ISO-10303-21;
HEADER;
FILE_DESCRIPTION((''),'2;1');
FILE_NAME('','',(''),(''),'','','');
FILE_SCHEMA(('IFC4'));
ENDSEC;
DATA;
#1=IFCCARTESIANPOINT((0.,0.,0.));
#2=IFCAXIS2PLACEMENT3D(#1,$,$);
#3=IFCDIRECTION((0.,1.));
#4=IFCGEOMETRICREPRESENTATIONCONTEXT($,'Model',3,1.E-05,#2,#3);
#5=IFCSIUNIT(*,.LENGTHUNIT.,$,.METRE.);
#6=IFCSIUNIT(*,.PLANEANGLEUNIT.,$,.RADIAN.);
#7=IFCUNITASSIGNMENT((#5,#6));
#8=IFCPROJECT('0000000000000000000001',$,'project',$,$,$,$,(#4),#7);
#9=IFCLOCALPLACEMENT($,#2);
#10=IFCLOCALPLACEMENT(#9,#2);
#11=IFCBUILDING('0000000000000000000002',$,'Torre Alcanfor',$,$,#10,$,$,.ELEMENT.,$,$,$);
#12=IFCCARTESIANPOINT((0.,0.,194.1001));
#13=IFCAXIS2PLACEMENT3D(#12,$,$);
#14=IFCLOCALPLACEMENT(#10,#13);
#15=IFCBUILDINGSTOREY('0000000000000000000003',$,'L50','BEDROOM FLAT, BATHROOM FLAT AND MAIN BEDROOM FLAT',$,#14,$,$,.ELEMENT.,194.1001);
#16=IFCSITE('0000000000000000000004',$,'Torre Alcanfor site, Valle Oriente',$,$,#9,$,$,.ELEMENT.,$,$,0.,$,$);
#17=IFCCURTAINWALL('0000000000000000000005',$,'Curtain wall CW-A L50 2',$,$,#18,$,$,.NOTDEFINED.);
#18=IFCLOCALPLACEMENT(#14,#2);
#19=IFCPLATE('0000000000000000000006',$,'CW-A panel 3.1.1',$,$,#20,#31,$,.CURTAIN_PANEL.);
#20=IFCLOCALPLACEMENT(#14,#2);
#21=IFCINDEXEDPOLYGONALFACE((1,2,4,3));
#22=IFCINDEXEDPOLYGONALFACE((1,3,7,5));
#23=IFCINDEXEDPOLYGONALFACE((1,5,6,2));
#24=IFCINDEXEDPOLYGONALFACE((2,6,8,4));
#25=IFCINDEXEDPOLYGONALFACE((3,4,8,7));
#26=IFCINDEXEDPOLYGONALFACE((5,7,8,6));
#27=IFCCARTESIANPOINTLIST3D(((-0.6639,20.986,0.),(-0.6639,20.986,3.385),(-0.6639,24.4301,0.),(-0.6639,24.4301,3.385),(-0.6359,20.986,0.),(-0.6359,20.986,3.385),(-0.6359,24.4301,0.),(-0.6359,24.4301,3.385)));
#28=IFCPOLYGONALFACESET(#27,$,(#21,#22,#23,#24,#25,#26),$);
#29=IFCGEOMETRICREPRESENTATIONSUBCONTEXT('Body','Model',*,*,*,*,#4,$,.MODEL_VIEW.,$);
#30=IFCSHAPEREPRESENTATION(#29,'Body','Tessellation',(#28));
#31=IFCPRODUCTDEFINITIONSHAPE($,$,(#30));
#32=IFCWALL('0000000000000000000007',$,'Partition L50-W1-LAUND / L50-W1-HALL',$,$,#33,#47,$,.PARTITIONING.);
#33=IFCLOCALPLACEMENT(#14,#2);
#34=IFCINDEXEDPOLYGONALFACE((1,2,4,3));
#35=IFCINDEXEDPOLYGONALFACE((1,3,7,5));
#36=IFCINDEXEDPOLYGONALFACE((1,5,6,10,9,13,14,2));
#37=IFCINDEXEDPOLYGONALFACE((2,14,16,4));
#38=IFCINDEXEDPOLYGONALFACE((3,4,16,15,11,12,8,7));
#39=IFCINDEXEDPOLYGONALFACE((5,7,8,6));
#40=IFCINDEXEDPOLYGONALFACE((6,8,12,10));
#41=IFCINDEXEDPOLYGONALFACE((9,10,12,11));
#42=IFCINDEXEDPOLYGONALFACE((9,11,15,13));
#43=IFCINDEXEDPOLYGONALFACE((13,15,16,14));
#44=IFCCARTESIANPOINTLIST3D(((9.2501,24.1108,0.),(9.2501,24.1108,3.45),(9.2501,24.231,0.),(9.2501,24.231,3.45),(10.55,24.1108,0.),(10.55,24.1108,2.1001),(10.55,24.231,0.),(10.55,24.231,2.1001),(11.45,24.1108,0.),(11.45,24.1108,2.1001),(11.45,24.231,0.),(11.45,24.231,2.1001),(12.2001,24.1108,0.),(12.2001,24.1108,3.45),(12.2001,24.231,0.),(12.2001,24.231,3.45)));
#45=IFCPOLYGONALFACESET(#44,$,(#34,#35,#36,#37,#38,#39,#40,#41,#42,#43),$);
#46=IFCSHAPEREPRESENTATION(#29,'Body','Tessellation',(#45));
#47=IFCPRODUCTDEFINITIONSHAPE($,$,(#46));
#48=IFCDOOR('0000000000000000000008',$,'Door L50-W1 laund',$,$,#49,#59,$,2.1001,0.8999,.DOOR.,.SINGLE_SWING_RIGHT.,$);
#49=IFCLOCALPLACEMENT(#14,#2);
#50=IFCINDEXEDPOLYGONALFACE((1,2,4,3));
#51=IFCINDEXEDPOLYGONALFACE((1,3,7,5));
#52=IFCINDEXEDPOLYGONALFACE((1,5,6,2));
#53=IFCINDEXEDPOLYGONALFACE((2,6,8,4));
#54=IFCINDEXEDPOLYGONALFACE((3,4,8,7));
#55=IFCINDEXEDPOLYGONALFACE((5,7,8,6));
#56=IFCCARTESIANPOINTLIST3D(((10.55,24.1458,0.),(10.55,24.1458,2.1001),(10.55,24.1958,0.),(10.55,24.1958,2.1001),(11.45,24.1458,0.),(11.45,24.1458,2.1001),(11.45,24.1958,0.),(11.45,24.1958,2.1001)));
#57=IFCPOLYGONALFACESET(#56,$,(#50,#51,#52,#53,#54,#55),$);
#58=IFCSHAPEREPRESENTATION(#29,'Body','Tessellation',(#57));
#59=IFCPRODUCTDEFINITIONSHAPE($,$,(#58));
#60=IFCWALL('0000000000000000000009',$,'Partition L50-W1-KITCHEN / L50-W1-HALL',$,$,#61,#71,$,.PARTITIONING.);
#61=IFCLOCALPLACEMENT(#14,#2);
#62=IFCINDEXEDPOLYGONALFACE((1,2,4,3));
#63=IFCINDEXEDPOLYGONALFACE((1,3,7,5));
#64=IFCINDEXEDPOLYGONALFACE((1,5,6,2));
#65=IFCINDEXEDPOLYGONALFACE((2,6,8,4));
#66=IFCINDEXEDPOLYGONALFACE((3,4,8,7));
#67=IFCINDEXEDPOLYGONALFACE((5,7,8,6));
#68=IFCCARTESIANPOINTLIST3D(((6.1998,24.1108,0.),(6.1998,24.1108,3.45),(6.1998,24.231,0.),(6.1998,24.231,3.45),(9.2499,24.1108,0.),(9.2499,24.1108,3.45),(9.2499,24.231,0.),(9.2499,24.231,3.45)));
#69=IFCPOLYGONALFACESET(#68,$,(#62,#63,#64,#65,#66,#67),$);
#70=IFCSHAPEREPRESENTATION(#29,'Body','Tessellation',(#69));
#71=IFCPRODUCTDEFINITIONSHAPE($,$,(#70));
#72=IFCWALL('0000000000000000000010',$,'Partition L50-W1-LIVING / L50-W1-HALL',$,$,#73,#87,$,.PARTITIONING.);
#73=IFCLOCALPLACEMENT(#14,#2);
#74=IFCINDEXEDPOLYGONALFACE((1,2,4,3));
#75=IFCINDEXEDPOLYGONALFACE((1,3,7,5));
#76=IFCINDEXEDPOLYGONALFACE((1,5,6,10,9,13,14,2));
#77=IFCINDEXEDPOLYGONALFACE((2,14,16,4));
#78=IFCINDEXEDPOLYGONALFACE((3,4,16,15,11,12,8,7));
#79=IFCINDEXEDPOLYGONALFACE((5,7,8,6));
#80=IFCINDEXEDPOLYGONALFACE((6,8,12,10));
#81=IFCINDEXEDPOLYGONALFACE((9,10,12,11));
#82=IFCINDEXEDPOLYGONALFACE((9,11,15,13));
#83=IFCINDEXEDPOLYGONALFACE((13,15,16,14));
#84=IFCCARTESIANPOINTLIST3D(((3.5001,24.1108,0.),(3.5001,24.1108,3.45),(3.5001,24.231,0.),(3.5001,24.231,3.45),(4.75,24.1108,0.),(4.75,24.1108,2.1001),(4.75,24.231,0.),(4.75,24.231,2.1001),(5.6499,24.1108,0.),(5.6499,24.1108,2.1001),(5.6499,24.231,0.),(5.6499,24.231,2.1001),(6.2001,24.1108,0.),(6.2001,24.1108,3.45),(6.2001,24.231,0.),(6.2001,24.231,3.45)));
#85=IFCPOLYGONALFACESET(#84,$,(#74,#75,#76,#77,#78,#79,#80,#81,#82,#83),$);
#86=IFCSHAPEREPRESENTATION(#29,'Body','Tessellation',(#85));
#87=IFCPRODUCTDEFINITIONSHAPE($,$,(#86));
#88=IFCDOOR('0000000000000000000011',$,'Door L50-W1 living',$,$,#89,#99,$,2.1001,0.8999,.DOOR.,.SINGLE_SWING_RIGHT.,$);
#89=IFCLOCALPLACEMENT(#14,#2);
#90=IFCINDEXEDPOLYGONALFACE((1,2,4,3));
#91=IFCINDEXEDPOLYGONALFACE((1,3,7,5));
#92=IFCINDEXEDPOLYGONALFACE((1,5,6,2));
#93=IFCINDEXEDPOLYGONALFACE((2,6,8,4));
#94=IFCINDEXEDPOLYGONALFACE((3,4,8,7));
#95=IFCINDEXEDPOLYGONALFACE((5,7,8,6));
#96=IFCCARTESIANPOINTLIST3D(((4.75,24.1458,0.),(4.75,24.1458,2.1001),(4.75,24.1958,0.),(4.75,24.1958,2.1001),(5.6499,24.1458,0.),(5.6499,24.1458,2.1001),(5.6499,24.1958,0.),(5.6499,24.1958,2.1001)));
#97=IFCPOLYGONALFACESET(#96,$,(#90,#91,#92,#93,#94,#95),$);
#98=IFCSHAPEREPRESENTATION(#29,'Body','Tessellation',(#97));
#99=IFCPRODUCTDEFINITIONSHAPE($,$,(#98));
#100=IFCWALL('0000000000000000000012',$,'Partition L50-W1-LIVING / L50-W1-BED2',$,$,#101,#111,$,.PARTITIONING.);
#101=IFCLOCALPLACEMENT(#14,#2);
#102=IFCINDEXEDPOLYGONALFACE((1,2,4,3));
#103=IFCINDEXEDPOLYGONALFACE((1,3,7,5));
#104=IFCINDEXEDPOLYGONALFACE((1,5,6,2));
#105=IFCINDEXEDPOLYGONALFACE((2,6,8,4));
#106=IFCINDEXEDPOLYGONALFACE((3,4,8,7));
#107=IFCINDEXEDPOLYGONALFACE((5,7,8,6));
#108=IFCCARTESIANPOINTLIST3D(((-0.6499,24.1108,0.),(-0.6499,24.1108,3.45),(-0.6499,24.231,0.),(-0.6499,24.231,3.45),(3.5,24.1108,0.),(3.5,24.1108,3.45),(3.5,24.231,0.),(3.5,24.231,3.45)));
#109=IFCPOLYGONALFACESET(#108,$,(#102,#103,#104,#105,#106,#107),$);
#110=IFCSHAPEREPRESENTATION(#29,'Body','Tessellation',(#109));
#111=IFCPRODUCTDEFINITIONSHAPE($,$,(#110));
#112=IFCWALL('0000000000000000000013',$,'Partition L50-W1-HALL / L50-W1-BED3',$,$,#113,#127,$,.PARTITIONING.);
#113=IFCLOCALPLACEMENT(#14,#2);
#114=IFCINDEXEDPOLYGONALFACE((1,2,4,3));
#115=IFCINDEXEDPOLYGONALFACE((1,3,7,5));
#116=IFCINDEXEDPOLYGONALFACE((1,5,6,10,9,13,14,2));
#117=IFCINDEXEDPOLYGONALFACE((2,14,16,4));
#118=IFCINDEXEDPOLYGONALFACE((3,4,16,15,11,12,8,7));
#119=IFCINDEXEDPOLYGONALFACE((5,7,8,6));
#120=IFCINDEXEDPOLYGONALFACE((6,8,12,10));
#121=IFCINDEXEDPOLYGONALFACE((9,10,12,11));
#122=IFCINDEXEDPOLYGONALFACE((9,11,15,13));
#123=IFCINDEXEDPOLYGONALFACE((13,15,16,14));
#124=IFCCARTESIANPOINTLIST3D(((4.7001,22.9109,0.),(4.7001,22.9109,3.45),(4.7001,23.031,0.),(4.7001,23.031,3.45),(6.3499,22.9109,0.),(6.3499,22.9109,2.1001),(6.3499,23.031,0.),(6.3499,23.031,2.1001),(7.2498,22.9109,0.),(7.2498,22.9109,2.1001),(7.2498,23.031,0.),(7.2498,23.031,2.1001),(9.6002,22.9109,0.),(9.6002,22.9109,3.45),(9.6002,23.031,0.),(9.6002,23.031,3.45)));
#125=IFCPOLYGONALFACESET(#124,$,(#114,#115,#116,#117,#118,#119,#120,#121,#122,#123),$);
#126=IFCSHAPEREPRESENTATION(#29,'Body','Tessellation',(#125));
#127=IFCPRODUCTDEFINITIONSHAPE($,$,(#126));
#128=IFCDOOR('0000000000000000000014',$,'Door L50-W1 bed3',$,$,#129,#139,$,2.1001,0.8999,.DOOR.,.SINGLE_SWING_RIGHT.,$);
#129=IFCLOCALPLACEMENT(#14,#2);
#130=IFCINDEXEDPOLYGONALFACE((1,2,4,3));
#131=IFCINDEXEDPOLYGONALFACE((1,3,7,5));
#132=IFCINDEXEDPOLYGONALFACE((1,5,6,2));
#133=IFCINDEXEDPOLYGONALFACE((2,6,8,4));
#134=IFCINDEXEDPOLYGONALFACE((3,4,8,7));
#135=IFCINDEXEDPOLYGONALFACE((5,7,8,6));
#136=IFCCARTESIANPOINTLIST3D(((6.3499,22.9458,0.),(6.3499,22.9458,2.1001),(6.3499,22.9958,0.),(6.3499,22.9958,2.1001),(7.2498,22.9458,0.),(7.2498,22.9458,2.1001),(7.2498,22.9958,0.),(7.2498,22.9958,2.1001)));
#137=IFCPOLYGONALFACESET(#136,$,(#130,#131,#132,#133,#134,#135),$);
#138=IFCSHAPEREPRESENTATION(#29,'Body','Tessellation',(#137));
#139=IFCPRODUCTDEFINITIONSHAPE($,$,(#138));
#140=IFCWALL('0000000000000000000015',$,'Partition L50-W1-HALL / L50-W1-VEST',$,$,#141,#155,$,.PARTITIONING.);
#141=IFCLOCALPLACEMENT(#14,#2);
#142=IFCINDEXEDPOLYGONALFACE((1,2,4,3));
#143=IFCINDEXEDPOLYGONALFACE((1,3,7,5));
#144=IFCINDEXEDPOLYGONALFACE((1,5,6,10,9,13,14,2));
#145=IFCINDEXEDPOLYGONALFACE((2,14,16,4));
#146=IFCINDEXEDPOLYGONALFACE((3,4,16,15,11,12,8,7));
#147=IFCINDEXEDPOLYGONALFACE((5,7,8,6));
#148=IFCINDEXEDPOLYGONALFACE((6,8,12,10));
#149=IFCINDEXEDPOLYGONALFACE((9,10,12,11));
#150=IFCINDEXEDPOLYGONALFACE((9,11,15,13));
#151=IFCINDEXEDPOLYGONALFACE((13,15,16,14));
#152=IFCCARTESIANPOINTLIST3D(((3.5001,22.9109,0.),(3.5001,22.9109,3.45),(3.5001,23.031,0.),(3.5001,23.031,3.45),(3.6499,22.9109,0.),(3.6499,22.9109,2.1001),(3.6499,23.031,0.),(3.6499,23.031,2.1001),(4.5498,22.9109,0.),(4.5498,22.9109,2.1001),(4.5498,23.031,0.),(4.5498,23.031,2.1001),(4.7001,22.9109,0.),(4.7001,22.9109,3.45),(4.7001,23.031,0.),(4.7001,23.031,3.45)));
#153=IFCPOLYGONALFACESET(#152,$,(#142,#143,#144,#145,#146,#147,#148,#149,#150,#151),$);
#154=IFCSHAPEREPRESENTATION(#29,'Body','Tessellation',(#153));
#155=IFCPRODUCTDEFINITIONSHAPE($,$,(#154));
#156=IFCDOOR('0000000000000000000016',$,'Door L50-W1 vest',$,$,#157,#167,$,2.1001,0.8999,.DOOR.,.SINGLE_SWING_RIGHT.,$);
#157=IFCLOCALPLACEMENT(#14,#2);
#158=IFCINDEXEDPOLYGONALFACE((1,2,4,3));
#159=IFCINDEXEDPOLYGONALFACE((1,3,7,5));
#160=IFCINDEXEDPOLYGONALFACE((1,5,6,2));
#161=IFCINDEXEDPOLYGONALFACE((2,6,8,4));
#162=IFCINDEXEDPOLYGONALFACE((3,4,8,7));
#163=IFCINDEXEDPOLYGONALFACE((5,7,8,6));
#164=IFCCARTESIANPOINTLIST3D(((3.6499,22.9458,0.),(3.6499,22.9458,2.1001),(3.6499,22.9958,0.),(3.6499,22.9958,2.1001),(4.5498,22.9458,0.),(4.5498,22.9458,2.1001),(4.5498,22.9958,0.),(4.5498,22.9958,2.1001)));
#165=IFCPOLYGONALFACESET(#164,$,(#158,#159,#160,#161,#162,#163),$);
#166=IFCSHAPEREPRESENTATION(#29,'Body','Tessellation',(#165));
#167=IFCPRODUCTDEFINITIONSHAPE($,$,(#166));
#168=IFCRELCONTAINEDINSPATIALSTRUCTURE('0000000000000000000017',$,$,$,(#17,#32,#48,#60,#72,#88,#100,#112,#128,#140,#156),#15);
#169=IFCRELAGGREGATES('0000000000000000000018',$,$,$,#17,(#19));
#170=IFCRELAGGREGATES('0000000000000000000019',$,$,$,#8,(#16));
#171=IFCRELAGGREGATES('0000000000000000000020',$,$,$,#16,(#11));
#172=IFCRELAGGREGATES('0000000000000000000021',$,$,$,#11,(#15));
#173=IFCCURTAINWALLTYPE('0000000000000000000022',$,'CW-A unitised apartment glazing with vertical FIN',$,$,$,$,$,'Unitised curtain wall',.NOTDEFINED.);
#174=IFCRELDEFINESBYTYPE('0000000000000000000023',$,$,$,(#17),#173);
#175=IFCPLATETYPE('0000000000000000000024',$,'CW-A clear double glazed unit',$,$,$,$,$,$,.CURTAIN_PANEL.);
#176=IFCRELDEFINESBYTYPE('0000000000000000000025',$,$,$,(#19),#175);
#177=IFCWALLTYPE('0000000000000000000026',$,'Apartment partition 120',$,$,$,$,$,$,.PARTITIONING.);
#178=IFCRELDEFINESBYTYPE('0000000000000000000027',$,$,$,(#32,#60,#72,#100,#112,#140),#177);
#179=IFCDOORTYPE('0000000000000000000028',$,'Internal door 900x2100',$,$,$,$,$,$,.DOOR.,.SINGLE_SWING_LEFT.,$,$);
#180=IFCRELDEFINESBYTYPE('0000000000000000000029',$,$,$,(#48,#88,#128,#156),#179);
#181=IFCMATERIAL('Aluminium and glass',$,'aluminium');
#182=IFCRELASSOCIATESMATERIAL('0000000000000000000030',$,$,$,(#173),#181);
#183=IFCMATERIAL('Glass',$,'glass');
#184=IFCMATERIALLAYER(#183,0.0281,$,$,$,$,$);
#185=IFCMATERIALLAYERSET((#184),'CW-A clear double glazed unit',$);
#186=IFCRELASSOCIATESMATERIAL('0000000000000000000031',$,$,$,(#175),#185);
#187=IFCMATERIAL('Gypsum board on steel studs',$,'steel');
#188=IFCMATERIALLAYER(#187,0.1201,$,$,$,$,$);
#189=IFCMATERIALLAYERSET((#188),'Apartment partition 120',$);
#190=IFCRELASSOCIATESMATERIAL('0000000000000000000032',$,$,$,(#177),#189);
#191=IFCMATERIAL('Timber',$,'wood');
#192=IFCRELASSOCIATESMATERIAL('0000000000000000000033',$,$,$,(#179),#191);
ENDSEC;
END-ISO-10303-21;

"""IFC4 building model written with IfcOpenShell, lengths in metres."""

from ifc_helpers import new_model, si_unit, direction, frame, frame_2d, origin, origin_2d, place, context, subcontext, project, spatial, rectangle, extrude, material, layer, layer_set, type_object, element, fill, aggregate, save


model = new_model("IFC4")

# Units and contexts
model_context = context("Model", 3, precision=1e-05, world=origin(), true_north=direction((0.0, 1.0)))
body_context = subcontext(model_context, "Body", "Model", "MODEL_VIEW")
ifc_project = project(units=[si_unit("LENGTHUNIT", "METRE"), si_unit("PLANEANGLEUNIT", "RADIAN")], contexts=[model_context])

# Site, building, storey
site_placement = place(None, origin())
site = spatial("IfcSite", under=ifc_project, at=site_placement, Name="Torre Alcanfor site, Valle Oriente", CompositionType="ELEMENT", RefElevation=0.0)
building_placement = place(site_placement, origin())
building = spatial("IfcBuilding", under=site, at=building_placement, Name="Torre Alcanfor", CompositionType="ELEMENT")
storey_placement = place(building_placement, frame((0.0, 0.0, 194.1001)))
storey = spatial("IfcBuildingStorey", under=building, at=storey_placement, Name="L50", Description="BEDROOM FLAT, BATHROOM FLAT AND MAIN BEDROOM FLAT", CompositionType="ELEMENT", Elevation=194.1001)

# Curtain wall
ifc_material_1 = material(Name="Aluminium and glass", Category="aluminium")
curtain_wall_type = type_object("IfcCurtainWallType", Name="CW-A unitised apartment glazing with vertical FIN", ElementType="Unitised curtain wall", PredefinedType="NOTDEFINED", material=ifc_material_1)
curtain_wall_placement = place(storey_placement, origin())
curtain_wall = element("IfcCurtainWall", 1, at=curtain_wall_placement, inside=storey, type_object=curtain_wall_type, Name="Curtain wall CW-A L50 2", PredefinedType="NOTDEFINED")

# Plate
ifc_material_2 = material(Name="Glass", Category="glass")
ifc_layer_1 = layer(ifc_material_2, 0.0281)
ifc_layer_set_1 = layer_set([ifc_layer_1], Name="CW-A clear double glazed unit")
plate_type = type_object("IfcPlateType", Name="CW-A clear double glazed unit", PredefinedType="CURTAIN_PANEL", material=ifc_layer_set_1)
plate_placement = place(storey_placement, frame((-0.6499, 22.708, 0.0), z_axis=(0.0, 0.0, 1.0), x_axis=(0.0, -1.0, 0.0)))
plate = element("IfcPlate", 2, at=plate_placement, type_object=plate_type, Name="CW-A panel 3.1.1", PredefinedType="CURTAIN_PANEL", context=body_context, shape_type="SweptSolid", body=[
    extrude(rectangle(XDim=3.4441, YDim=0.0281, at=origin_2d()), origin(), (0.0, 0.0, 1.0), 3.385),
])
aggregate(curtain_wall, [plate])

# Wall, opening, door
ifc_material_3 = material(Name="Gypsum board on steel studs", Category="steel")
ifc_layer_2 = layer(ifc_material_3, 0.1201)
ifc_layer_set_2 = layer_set([ifc_layer_2], Name="Apartment partition 120")
wall_type = type_object("IfcWallType", Name="Apartment partition 120", PredefinedType="PARTITIONING", material=ifc_layer_set_2)
wall_1_placement = place(storey_placement, frame((9.25, 24.1709, 0.0), z_axis=(0.0, 0.0, 1.0), x_axis=(1.0, 0.0, 0.0)))
wall_1 = element("IfcWall", 3, at=wall_1_placement, inside=storey, type_object=wall_type, Name="Partition L50-W1-LAUND / L50-W1-HALL", PredefinedType="PARTITIONING", context=body_context, shape_type="SweptSolid", body=[
    extrude(rectangle(XDim=2.95, YDim=0.1201, at=frame_2d((1.4751, 0.0))), origin(), (0.0, 0.0, 1.0), 3.45),
])
opening_1_placement = place(wall_1_placement, frame((1.3, 0.0, 0.0)))
opening_1 = element("IfcOpeningElement", 4, at=opening_1_placement, cuts=wall_1, PredefinedType="OPENING", context=body_context, shape_type="SweptSolid", body=[
    extrude(rectangle(XDim=0.8999, YDim=2.1001, at=frame_2d((0.45, 1.05))), frame((0.0, 0.0701, 0.0), z_axis=(0.0, -1.0, 0.0), x_axis=(1.0, 0.0, 0.0)), (0.0, 0.0, 1.0), 0.1401),
])
ifc_material_4 = material(Name="Timber", Category="wood")
door_type = type_object("IfcDoorType", Name="Internal door 900x2100", OperationType="SINGLE_SWING_LEFT", PredefinedType="DOOR", material=ifc_material_4)
door_1_placement = place(opening_1_placement, origin())
door_1 = element("IfcDoor", 5, at=door_1_placement, inside=storey, type_object=door_type, Name="Door L50-W1 laund", OperationType="SINGLE_SWING_RIGHT", OverallHeight=2.1001, OverallWidth=0.8999, PredefinedType="DOOR", context=body_context, shape_type="SweptSolid", body=[
    extrude(rectangle(XDim=0.8999, YDim=2.1001, at=frame_2d((0.45, 1.05))), frame((0.0, 0.0249, 0.0), z_axis=(0.0, -1.0, 0.0), x_axis=(1.0, 0.0, 0.0)), (0.0, 0.0, 1.0), 0.05),
])
fill(opening_1, door_1)

# Wall
wall_2_placement = place(storey_placement, frame((6.2, 24.1709, 0.0), z_axis=(0.0, 0.0, 1.0), x_axis=(1.0, 0.0, 0.0)))
element("IfcWall", 6, at=wall_2_placement, inside=storey, type_object=wall_type, Name="Partition L50-W1-KITCHEN / L50-W1-HALL", PredefinedType="PARTITIONING", context=body_context, shape_type="SweptSolid", body=[
    extrude(rectangle(XDim=3.05, YDim=0.1201, at=frame_2d((1.5249, 0.0))), origin(), (0.0, 0.0, 1.0), 3.45),
])

# Wall, opening, door
wall_3_placement = place(storey_placement, frame((3.5, 24.1709, 0.0), z_axis=(0.0, 0.0, 1.0), x_axis=(1.0, 0.0, 0.0)))
wall_3 = element("IfcWall", 7, at=wall_3_placement, inside=storey, type_object=wall_type, Name="Partition L50-W1-LIVING / L50-W1-HALL", PredefinedType="PARTITIONING", context=body_context, shape_type="SweptSolid", body=[
    extrude(rectangle(XDim=2.7, YDim=0.1201, at=frame_2d((1.3501, 0.0))), origin(), (0.0, 0.0, 1.0), 3.45),
])
opening_2_placement = place(wall_3_placement, frame((1.25, 0.0, 0.0)))
opening_2 = element("IfcOpeningElement", 8, at=opening_2_placement, cuts=wall_3, PredefinedType="OPENING", context=body_context, shape_type="SweptSolid", body=[
    extrude(rectangle(XDim=0.8999, YDim=2.1001, at=frame_2d((0.45, 1.05))), frame((0.0, 0.0701, 0.0), z_axis=(0.0, -1.0, 0.0), x_axis=(1.0, 0.0, 0.0)), (0.0, 0.0, 1.0), 0.1401),
])
door_2_placement = place(opening_2_placement, origin())
door_2 = element("IfcDoor", 9, at=door_2_placement, inside=storey, type_object=door_type, Name="Door L50-W1 living", OperationType="SINGLE_SWING_RIGHT", OverallHeight=2.1001, OverallWidth=0.8999, PredefinedType="DOOR", context=body_context, shape_type="SweptSolid", body=[
    extrude(rectangle(XDim=0.8999, YDim=2.1001, at=frame_2d((0.45, 1.05))), frame((0.0, 0.0249, 0.0), z_axis=(0.0, -1.0, 0.0), x_axis=(1.0, 0.0, 0.0)), (0.0, 0.0, 1.0), 0.05),
])
fill(opening_2, door_2)

# Wall
wall_4_placement = place(storey_placement, frame((-0.6499, 24.1709, 0.0), z_axis=(0.0, 0.0, 1.0), x_axis=(1.0, 0.0, 0.0)))
element("IfcWall", 10, at=wall_4_placement, inside=storey, type_object=wall_type, Name="Partition L50-W1-LIVING / L50-W1-BED2", PredefinedType="PARTITIONING", context=body_context, shape_type="SweptSolid", body=[
    extrude(rectangle(XDim=4.1499, YDim=0.1201, at=frame_2d((2.075, 0.0))), origin(), (0.0, 0.0, 1.0), 3.45),
])

# Walls, openings, doors
wall_5_placement = place(storey_placement, frame((4.7, 22.9709, 0.0), z_axis=(0.0, 0.0, 1.0), x_axis=(1.0, 0.0, 0.0)))
wall_5 = element("IfcWall", 11, at=wall_5_placement, inside=storey, type_object=wall_type, Name="Partition L50-W1-HALL / L50-W1-BED3", PredefinedType="PARTITIONING", context=body_context, shape_type="SweptSolid", body=[
    extrude(rectangle(XDim=4.9001, YDim=0.1201, at=frame_2d((2.4502, 0.0))), origin(), (0.0, 0.0, 1.0), 3.45),
])
opening_3_placement = place(wall_5_placement, frame((1.6499, 0.0, 0.0)))
opening_3 = element("IfcOpeningElement", 12, at=opening_3_placement, cuts=wall_5, PredefinedType="OPENING", context=body_context, shape_type="SweptSolid", body=[
    extrude(rectangle(XDim=0.8999, YDim=2.1001, at=frame_2d((0.45, 1.05))), frame((0.0, 0.0701, 0.0), z_axis=(0.0, -1.0, 0.0), x_axis=(1.0, 0.0, 0.0)), (0.0, 0.0, 1.0), 0.1401),
])
door_3_placement = place(opening_3_placement, frame((0.8999, 0.0, 0.0), z_axis=(0.0, 0.0, 1.0), x_axis=(-1.0, 0.0, 0.0)))
door_3 = element("IfcDoor", 13, at=door_3_placement, inside=storey, type_object=door_type, Name="Door L50-W1 bed3", OperationType="SINGLE_SWING_RIGHT", OverallHeight=2.1001, OverallWidth=0.8999, PredefinedType="DOOR", context=body_context, shape_type="SweptSolid", body=[
    extrude(rectangle(XDim=0.8999, YDim=2.1001, at=frame_2d((0.45, 1.05))), frame((0.0, 0.0251, 0.0), z_axis=(0.0, -1.0, 0.0), x_axis=(1.0, 0.0, 0.0)), (0.0, 0.0, 1.0), 0.05),
])
fill(opening_3, door_3)
wall_6_placement = place(storey_placement, frame((3.5, 22.9709, 0.0), z_axis=(0.0, 0.0, 1.0), x_axis=(1.0, 0.0, 0.0)))
wall_6 = element("IfcWall", 14, at=wall_6_placement, inside=storey, type_object=wall_type, Name="Partition L50-W1-HALL / L50-W1-VEST", PredefinedType="PARTITIONING", context=body_context, shape_type="SweptSolid", body=[
    extrude(rectangle(XDim=1.2, YDim=0.1201, at=frame_2d((0.6001, 0.0))), origin(), (0.0, 0.0, 1.0), 3.45),
])
opening_4_placement = place(wall_6_placement, frame((0.1499, 0.0, 0.0)))
opening_4 = element("IfcOpeningElement", 15, at=opening_4_placement, cuts=wall_6, PredefinedType="OPENING", context=body_context, shape_type="SweptSolid", body=[
    extrude(rectangle(XDim=0.8999, YDim=2.1001, at=frame_2d((0.45, 1.05))), frame((0.0, 0.0701, 0.0), z_axis=(0.0, -1.0, 0.0), x_axis=(1.0, 0.0, 0.0)), (0.0, 0.0, 1.0), 0.1401),
])
door_4_placement = place(opening_4_placement, frame((0.8999, 0.0, 0.0), z_axis=(0.0, 0.0, 1.0), x_axis=(-1.0, 0.0, 0.0)))
door_4 = element("IfcDoor", 16, at=door_4_placement, inside=storey, type_object=door_type, Name="Door L50-W1 vest", OperationType="SINGLE_SWING_RIGHT", OverallHeight=2.1001, OverallWidth=0.8999, PredefinedType="DOOR", context=body_context, shape_type="SweptSolid", body=[
    extrude(rectangle(XDim=0.8999, YDim=2.1001, at=frame_2d((0.45, 1.05))), frame((0.0, 0.0251, 0.0), z_axis=(0.0, -1.0, 0.0), x_axis=(1.0, 0.0, 0.0)), (0.0, 0.0, 1.0), 0.05),
])
fill(opening_4, door_4)

save(model, "model.ifc")
